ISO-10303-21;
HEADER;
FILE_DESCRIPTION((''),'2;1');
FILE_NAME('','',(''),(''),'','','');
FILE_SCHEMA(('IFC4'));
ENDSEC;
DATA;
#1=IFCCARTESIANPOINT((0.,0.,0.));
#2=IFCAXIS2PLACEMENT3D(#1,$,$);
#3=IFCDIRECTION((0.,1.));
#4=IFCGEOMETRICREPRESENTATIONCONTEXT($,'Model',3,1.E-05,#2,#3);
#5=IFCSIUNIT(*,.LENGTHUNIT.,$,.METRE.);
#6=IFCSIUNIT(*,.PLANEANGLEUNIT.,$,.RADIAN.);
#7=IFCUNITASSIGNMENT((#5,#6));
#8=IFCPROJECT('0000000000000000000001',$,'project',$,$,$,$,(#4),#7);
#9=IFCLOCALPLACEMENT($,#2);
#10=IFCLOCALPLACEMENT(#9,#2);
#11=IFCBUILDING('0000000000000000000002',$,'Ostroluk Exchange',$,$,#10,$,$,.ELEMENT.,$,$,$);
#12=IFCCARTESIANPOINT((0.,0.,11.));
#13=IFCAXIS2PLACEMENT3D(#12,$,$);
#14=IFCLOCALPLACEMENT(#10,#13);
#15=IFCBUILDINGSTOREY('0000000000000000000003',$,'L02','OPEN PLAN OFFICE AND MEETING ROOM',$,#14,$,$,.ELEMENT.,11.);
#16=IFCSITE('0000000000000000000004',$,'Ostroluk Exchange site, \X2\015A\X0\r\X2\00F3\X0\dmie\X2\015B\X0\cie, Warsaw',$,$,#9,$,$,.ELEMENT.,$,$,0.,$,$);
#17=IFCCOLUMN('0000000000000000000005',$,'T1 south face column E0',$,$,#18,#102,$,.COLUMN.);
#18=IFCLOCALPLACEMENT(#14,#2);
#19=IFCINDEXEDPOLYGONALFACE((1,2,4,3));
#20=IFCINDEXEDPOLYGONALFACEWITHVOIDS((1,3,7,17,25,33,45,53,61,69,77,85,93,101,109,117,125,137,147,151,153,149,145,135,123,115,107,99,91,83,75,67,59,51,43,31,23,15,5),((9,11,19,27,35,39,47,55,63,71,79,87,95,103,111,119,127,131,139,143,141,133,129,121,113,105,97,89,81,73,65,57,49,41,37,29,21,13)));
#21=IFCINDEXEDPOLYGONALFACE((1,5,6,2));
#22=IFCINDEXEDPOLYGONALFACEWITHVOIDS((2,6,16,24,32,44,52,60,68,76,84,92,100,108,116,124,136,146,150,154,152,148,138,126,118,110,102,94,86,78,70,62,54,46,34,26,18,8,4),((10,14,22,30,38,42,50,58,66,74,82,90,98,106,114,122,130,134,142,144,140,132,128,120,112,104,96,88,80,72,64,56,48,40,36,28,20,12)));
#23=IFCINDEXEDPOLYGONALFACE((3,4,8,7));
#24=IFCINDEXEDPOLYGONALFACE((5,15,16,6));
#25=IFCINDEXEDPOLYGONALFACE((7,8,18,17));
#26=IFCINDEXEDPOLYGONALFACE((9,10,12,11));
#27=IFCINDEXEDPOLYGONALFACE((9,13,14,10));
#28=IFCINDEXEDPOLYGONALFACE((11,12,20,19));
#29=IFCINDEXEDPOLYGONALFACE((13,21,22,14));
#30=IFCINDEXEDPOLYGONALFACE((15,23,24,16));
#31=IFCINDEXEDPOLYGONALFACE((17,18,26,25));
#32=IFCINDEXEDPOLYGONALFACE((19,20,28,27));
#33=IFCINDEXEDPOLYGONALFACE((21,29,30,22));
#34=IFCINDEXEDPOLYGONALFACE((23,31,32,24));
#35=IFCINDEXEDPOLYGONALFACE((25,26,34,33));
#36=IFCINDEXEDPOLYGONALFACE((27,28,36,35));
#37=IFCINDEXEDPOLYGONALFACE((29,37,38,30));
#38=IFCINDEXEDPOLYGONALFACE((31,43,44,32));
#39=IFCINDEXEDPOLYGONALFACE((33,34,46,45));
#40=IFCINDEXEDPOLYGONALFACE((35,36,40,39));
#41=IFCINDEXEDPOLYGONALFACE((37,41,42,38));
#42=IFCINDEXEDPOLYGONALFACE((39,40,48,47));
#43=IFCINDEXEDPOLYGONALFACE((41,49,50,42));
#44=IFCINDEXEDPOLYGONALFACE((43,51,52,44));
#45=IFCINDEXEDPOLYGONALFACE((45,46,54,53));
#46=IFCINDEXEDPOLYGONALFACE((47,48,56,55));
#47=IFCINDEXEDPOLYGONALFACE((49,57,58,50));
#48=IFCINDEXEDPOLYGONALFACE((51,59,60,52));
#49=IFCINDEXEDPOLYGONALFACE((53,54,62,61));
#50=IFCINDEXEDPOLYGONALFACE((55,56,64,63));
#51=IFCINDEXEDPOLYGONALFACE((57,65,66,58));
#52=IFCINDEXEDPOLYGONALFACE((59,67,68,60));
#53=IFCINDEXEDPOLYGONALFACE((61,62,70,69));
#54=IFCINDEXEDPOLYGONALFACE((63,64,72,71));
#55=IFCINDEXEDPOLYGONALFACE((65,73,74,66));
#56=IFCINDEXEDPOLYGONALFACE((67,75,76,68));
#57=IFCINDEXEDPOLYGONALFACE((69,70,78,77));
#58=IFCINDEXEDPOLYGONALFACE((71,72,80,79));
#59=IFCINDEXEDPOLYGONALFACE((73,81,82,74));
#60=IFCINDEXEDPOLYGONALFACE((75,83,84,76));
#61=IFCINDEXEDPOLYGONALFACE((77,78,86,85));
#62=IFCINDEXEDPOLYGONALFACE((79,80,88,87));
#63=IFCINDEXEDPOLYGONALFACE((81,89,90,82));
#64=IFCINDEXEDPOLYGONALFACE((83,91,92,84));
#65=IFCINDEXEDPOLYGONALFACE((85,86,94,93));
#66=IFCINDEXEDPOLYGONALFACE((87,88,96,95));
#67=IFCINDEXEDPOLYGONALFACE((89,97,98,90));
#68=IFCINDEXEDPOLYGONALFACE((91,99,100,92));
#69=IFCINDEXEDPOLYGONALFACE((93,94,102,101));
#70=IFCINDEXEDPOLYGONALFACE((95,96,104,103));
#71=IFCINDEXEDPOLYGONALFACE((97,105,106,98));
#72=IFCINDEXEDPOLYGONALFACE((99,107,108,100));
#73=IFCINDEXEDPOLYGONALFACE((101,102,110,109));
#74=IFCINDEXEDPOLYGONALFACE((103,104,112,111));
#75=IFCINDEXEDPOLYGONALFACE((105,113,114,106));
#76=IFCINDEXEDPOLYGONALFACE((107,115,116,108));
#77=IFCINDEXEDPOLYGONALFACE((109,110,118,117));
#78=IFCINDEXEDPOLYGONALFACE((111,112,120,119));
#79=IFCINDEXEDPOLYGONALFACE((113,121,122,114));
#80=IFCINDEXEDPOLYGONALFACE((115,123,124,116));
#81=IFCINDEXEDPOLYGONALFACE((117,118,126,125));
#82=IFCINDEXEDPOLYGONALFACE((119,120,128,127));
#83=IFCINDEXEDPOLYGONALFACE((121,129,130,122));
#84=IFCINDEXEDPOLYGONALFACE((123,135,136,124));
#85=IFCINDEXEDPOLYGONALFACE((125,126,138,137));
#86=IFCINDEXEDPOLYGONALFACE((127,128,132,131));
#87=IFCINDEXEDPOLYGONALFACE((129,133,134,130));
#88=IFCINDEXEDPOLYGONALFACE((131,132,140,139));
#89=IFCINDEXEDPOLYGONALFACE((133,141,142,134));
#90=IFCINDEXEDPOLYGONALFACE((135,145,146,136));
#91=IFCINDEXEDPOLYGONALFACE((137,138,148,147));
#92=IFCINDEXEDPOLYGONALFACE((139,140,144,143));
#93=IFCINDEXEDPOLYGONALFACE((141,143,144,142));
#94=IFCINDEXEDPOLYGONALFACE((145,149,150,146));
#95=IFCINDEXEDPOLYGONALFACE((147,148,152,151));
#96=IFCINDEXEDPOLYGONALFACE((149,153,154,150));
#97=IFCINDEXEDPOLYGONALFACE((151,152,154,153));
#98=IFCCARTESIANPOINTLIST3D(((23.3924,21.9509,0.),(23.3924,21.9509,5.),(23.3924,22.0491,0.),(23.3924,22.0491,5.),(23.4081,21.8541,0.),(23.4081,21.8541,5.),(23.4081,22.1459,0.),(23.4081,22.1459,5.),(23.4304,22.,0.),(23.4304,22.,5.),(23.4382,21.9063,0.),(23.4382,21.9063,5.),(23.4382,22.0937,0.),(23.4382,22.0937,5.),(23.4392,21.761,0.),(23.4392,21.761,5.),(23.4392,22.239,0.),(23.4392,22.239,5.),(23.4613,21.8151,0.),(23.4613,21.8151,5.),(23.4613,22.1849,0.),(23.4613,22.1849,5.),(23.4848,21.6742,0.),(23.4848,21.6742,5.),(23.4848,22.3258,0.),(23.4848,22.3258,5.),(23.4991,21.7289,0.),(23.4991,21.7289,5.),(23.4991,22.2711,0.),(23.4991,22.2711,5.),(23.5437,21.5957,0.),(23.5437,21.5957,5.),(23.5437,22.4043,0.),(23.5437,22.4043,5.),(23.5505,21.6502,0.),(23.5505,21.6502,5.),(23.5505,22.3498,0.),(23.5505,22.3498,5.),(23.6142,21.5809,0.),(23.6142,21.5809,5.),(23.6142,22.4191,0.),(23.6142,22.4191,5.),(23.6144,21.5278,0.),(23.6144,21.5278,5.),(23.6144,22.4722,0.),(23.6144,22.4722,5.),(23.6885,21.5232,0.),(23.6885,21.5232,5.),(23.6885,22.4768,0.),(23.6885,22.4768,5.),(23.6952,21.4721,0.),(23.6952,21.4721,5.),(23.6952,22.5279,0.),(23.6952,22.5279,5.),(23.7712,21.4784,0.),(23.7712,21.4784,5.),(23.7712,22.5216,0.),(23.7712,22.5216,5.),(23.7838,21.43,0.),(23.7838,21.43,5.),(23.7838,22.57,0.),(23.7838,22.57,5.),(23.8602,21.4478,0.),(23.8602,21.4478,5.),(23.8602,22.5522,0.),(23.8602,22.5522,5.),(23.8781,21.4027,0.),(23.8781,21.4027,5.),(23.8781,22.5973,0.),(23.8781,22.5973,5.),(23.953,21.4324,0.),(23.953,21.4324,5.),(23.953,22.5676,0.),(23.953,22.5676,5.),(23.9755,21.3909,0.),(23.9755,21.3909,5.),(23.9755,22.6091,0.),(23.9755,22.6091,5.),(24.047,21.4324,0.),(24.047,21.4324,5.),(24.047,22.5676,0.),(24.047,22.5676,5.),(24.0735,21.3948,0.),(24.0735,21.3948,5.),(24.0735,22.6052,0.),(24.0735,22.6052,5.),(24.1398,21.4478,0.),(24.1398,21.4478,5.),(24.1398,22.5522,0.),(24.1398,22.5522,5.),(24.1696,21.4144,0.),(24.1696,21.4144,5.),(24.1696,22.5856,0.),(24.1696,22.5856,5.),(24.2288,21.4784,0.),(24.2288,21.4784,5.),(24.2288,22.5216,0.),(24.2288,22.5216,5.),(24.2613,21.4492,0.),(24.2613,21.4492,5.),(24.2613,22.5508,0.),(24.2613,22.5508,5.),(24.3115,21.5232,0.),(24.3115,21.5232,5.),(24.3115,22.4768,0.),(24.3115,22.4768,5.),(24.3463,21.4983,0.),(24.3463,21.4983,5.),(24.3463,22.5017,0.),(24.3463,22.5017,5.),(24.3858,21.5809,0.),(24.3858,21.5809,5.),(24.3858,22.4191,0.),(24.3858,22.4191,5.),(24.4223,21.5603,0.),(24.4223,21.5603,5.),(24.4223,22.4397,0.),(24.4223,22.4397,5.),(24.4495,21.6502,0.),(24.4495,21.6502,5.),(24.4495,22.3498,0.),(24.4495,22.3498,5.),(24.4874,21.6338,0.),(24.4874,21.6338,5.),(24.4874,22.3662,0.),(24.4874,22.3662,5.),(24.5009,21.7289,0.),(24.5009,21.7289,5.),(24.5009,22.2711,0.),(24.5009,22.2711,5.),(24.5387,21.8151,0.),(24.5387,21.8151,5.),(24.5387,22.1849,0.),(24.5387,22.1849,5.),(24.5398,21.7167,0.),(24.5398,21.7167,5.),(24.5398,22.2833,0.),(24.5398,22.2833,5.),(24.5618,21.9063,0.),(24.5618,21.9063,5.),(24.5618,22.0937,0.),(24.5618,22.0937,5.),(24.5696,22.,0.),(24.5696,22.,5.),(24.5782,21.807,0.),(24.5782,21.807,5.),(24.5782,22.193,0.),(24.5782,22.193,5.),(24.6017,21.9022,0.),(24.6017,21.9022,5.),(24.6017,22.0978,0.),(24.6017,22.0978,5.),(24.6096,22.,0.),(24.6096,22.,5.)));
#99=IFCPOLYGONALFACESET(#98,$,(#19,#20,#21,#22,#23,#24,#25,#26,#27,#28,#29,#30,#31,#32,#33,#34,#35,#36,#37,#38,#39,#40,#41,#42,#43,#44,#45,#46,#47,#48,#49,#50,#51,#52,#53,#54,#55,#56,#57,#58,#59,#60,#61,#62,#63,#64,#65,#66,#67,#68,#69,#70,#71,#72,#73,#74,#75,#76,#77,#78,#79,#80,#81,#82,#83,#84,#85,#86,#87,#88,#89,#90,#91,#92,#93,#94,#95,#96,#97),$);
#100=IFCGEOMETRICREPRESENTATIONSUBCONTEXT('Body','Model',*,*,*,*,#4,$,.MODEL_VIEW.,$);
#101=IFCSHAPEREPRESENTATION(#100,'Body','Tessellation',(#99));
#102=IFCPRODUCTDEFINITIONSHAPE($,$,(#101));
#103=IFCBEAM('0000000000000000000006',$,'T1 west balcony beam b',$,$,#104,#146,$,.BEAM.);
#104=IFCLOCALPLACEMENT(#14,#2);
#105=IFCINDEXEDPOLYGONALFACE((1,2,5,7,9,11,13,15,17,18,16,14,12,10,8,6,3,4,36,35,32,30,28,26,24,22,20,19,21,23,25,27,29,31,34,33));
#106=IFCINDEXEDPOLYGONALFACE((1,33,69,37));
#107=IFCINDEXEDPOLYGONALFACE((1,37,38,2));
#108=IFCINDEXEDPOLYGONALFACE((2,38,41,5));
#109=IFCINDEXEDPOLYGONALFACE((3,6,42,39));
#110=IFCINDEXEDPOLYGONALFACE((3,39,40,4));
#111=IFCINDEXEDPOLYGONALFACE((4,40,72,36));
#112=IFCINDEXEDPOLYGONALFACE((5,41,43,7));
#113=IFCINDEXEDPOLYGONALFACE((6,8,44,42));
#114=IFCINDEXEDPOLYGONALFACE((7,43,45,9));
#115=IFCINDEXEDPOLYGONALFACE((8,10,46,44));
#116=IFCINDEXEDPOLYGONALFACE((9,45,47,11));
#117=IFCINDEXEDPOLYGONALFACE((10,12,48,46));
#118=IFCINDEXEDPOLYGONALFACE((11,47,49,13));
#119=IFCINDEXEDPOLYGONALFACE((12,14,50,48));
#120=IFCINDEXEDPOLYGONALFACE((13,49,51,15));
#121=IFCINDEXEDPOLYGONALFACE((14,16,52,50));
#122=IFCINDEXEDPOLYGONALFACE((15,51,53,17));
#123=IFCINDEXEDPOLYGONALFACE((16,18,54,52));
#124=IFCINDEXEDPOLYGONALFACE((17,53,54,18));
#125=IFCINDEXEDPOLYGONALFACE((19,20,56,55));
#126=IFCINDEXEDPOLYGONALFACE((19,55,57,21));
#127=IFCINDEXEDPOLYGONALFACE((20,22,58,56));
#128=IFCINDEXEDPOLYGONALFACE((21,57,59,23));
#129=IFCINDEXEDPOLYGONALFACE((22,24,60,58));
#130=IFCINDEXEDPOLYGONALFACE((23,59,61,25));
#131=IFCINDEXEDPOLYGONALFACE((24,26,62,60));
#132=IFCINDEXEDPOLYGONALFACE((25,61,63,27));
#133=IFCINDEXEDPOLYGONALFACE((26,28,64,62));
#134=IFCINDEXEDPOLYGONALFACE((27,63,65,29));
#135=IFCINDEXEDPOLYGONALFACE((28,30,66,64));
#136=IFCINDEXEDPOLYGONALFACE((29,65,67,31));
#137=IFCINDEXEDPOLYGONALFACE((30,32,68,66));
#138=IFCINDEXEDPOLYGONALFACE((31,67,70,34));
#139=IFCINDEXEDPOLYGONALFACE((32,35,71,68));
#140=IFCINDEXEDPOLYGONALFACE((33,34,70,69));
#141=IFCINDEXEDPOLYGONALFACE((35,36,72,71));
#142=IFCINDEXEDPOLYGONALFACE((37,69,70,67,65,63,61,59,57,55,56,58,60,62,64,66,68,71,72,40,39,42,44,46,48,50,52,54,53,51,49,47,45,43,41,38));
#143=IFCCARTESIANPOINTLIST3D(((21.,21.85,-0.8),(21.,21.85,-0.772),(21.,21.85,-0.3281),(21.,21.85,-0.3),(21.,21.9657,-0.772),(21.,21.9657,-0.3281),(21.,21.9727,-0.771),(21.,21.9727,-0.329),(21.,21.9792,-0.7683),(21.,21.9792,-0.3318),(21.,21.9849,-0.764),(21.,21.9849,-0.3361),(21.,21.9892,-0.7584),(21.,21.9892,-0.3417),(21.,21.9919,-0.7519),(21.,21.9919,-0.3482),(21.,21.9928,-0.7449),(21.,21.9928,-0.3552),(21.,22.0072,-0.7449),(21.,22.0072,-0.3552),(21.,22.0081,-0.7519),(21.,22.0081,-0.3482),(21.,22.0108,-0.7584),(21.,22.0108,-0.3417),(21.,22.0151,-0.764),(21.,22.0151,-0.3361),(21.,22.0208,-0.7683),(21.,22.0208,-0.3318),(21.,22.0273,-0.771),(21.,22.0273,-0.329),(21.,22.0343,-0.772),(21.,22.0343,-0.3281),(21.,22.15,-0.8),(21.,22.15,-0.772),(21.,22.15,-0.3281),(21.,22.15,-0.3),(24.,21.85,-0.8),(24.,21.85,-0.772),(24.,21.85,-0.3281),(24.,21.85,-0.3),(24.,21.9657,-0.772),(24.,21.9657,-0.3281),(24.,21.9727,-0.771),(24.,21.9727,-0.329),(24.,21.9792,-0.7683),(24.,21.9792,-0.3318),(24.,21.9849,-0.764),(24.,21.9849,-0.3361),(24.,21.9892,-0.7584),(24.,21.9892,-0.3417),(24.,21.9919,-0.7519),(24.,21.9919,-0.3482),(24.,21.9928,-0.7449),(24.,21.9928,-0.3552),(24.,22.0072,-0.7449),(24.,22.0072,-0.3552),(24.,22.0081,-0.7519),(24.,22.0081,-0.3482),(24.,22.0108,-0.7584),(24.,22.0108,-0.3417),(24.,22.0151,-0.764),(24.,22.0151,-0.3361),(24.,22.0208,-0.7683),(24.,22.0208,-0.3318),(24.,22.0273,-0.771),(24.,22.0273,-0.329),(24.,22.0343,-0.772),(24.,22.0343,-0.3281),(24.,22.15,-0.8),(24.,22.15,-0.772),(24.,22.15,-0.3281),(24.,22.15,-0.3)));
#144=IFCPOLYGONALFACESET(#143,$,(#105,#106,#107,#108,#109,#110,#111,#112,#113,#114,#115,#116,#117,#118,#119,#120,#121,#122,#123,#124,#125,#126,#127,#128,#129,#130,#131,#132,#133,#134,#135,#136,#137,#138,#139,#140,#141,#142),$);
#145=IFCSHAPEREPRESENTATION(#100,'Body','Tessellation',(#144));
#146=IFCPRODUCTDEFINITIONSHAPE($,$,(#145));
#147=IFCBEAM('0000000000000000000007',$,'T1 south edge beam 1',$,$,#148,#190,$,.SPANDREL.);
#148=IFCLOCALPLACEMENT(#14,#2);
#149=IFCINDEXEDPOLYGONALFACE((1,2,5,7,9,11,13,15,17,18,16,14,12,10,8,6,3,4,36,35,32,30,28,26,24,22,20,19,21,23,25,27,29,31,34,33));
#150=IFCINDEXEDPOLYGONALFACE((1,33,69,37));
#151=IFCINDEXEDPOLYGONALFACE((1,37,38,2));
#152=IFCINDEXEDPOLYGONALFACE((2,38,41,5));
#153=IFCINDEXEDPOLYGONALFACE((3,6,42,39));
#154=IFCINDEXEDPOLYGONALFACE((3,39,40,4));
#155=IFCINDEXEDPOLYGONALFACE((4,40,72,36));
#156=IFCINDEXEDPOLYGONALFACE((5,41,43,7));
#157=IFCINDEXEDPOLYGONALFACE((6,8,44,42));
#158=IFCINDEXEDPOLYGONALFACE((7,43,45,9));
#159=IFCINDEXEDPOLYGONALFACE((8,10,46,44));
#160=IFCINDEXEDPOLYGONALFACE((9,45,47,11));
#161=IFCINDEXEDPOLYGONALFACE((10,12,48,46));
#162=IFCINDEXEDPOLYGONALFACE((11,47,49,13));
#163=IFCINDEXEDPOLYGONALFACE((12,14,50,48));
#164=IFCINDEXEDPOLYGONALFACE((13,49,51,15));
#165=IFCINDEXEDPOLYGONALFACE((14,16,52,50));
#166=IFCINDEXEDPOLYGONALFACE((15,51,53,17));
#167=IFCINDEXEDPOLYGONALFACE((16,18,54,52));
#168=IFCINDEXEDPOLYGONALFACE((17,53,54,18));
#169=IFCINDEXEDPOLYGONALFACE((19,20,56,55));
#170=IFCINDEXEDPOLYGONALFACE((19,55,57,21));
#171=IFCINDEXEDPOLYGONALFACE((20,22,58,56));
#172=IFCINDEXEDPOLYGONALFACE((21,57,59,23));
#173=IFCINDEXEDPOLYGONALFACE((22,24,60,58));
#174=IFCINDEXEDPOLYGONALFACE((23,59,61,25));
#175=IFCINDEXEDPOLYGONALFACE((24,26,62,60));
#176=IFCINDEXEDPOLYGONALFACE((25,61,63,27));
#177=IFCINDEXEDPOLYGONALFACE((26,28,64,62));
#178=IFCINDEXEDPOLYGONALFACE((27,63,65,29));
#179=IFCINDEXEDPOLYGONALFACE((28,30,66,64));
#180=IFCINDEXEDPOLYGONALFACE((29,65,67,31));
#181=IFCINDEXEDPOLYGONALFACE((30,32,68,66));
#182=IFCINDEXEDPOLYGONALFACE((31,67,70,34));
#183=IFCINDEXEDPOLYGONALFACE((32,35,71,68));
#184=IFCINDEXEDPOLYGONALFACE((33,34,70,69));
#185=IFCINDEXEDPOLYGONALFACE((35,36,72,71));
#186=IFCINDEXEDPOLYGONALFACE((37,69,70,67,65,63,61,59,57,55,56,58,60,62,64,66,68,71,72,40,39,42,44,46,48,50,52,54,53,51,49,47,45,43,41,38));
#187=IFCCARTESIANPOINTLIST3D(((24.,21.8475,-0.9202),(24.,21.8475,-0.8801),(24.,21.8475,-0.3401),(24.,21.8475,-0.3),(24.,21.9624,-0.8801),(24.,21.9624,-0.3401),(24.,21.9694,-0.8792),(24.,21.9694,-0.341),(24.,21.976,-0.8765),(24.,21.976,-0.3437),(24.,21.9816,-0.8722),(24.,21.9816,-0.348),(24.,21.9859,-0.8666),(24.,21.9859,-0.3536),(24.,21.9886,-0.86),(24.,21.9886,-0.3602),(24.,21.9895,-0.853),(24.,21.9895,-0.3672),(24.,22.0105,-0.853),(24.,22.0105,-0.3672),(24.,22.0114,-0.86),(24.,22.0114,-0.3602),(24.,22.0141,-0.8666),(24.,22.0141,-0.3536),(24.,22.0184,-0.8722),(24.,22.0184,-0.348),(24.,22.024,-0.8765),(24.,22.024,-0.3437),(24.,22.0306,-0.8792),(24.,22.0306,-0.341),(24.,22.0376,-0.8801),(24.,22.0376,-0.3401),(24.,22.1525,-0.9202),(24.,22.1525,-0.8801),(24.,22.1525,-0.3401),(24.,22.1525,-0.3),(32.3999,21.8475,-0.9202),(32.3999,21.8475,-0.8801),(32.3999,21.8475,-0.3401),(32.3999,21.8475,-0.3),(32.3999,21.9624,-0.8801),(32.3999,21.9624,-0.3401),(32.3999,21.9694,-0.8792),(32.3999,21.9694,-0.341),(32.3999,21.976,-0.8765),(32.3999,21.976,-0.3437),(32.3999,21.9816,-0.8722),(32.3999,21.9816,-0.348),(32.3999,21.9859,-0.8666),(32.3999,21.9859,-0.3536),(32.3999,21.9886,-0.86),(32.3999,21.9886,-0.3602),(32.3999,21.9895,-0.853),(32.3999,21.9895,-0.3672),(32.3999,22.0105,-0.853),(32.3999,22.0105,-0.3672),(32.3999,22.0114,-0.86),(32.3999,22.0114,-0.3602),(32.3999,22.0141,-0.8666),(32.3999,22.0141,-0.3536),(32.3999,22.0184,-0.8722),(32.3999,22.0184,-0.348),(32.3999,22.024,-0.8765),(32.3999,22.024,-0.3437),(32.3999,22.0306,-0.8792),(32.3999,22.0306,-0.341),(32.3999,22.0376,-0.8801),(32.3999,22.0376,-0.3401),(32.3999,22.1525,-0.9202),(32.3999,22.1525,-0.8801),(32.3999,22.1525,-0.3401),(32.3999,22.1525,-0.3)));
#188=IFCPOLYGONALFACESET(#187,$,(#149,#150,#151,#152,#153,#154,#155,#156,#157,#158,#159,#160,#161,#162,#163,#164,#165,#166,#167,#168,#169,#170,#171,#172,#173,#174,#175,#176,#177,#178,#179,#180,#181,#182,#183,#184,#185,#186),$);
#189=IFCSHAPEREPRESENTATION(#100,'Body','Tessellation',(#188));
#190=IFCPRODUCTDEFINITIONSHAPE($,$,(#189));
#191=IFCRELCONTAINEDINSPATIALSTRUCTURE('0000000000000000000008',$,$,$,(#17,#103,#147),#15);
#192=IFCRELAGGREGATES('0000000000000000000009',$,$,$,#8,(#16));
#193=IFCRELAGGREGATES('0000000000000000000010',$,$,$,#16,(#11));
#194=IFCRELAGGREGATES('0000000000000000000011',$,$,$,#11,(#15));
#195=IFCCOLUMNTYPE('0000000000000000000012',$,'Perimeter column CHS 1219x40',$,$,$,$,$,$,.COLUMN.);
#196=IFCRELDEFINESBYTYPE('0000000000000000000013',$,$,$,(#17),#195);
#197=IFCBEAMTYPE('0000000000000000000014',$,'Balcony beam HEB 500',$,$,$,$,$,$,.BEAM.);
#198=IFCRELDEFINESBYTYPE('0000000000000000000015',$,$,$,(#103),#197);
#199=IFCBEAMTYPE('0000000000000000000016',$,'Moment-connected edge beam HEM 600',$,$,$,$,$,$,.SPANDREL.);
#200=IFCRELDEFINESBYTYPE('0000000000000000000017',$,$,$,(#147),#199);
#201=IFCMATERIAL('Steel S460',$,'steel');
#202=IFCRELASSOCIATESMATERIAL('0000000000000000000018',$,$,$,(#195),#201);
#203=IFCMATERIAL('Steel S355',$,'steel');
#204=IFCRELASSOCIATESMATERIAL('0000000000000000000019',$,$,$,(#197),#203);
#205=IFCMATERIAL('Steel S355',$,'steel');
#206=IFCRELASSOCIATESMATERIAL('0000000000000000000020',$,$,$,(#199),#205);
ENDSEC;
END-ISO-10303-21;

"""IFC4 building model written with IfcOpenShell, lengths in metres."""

from ifc_helpers import new_model, si_unit, direction, frame, origin, origin_2d, place, context, subcontext, project, spatial, hollow_circle, i_section, extrude, material, material_profile, profile_set, type_object, element, save


model = new_model("IFC4")

# Units and contexts
model_context = context("Model", 3, precision=1e-05, world=origin(), true_north=direction((0.0, 1.0)))
body_context = subcontext(model_context, "Body", "Model", "MODEL_VIEW")
ifc_project = project(units=[si_unit("LENGTHUNIT", "METRE"), si_unit("PLANEANGLEUNIT", "RADIAN")], contexts=[model_context])

# Site, building, storey
site_placement = place(None, origin())
site = spatial("IfcSite", under=ifc_project, at=site_placement, Name="Ostroluk Exchange site, Śródmieście, Warsaw", CompositionType="ELEMENT", RefElevation=0.0)
building_placement = place(site_placement, origin())
building = spatial("IfcBuilding", under=site, at=building_placement, Name="Ostroluk Exchange", CompositionType="ELEMENT")
storey_placement = place(building_placement, frame((0.0, 0.0, 11.0)))
storey = spatial("IfcBuildingStorey", under=building, at=storey_placement, Name="L02", Description="OPEN PLAN OFFICE AND MEETING ROOM", CompositionType="ELEMENT", Elevation=11.0)

# Column
ifc_material_1 = material(Name="Steel S460", Category="steel")
ifc_material_profile_1 = material_profile(ifc_material_1, hollow_circle(Radius=0.6096, WallThickness=0.04, at=origin_2d()), Name="CHS 1219x40")
ifc_profile_set_1 = profile_set([ifc_material_profile_1], Name="Steel S460")
column_type = type_object("IfcColumnType", Name="Perimeter column CHS 1219x40", PredefinedType="COLUMN", material=ifc_profile_set_1)
column_placement = place(storey_placement, frame((24.0, 22.0, 0.0), z_axis=(0.0, 0.0, 1.0), x_axis=(1.0, 0.0, 0.0)))
element("IfcColumn", 1, at=column_placement, inside=storey, type_object=column_type, Name="T1 south face column E0", PredefinedType="COLUMN", context=body_context, shape_type="SweptSolid", body=[
    extrude(hollow_circle(Radius=0.6096, WallThickness=0.04, at=origin_2d()), origin(), (0.0, 0.0, 1.0), 5.0),
])

# Beams
ifc_material_2 = material(Name="Steel S355", Category="steel")
ifc_material_profile_2 = material_profile(ifc_material_2, i_section(OverallWidth=0.3, OverallDepth=0.5, WebThickness=0.0144, FlangeThickness=0.0281, FilletRadius=0.0271, at=origin_2d()), Name="HEB 500")
ifc_profile_set_2 = profile_set([ifc_material_profile_2], Name="Steel S355")
beam_type_1 = type_object("IfcBeamType", Name="Balcony beam HEB 500", PredefinedType="BEAM", material=ifc_profile_set_2)
beam_1_placement = place(storey_placement, frame((24.0, 22.0, -0.55), z_axis=(-1.0, 0.0, 0.0), x_axis=(0.0, -1.0, 0.0)))
element("IfcBeam", 2, at=beam_1_placement, inside=storey, type_object=beam_type_1, Name="T1 west balcony beam b", PredefinedType="BEAM", context=body_context, shape_type="SweptSolid", body=[
    extrude(i_section(OverallWidth=0.3, OverallDepth=0.5, WebThickness=0.0144, FlangeThickness=0.0281, FilletRadius=0.0271, at=origin_2d()), origin(), (0.0, 0.0, 1.0), 3.0),
])
ifc_material_3 = material(Name="Steel S355", Category="steel")
ifc_material_profile_3 = material_profile(ifc_material_3, i_section(OverallWidth=0.3049, OverallDepth=0.6201, WebThickness=0.021, FlangeThickness=0.04, FilletRadius=0.0271, at=origin_2d()), Name="HEM 600")
ifc_profile_set_3 = profile_set([ifc_material_profile_3], Name="Steel S355")
beam_type_2 = type_object("IfcBeamType", Name="Moment-connected edge beam HEM 600", PredefinedType="SPANDREL", material=ifc_profile_set_3)
beam_2_placement = place(storey_placement, frame((24.0, 22.0, -0.6101), z_axis=(1.0, 0.0, 0.0), x_axis=(0.0, 1.0, 0.0)))
element("IfcBeam", 3, at=beam_2_placement, inside=storey, type_object=beam_type_2, Name="T1 south edge beam 1", PredefinedType="SPANDREL", context=body_context, shape_type="SweptSolid", body=[
    extrude(i_section(OverallWidth=0.3049, OverallDepth=0.6201, WebThickness=0.021, FlangeThickness=0.04, FilletRadius=0.0271, at=origin_2d()), origin(), (0.0, 0.0, 1.0), 8.3999),
])

save(model, "model.ifc")
